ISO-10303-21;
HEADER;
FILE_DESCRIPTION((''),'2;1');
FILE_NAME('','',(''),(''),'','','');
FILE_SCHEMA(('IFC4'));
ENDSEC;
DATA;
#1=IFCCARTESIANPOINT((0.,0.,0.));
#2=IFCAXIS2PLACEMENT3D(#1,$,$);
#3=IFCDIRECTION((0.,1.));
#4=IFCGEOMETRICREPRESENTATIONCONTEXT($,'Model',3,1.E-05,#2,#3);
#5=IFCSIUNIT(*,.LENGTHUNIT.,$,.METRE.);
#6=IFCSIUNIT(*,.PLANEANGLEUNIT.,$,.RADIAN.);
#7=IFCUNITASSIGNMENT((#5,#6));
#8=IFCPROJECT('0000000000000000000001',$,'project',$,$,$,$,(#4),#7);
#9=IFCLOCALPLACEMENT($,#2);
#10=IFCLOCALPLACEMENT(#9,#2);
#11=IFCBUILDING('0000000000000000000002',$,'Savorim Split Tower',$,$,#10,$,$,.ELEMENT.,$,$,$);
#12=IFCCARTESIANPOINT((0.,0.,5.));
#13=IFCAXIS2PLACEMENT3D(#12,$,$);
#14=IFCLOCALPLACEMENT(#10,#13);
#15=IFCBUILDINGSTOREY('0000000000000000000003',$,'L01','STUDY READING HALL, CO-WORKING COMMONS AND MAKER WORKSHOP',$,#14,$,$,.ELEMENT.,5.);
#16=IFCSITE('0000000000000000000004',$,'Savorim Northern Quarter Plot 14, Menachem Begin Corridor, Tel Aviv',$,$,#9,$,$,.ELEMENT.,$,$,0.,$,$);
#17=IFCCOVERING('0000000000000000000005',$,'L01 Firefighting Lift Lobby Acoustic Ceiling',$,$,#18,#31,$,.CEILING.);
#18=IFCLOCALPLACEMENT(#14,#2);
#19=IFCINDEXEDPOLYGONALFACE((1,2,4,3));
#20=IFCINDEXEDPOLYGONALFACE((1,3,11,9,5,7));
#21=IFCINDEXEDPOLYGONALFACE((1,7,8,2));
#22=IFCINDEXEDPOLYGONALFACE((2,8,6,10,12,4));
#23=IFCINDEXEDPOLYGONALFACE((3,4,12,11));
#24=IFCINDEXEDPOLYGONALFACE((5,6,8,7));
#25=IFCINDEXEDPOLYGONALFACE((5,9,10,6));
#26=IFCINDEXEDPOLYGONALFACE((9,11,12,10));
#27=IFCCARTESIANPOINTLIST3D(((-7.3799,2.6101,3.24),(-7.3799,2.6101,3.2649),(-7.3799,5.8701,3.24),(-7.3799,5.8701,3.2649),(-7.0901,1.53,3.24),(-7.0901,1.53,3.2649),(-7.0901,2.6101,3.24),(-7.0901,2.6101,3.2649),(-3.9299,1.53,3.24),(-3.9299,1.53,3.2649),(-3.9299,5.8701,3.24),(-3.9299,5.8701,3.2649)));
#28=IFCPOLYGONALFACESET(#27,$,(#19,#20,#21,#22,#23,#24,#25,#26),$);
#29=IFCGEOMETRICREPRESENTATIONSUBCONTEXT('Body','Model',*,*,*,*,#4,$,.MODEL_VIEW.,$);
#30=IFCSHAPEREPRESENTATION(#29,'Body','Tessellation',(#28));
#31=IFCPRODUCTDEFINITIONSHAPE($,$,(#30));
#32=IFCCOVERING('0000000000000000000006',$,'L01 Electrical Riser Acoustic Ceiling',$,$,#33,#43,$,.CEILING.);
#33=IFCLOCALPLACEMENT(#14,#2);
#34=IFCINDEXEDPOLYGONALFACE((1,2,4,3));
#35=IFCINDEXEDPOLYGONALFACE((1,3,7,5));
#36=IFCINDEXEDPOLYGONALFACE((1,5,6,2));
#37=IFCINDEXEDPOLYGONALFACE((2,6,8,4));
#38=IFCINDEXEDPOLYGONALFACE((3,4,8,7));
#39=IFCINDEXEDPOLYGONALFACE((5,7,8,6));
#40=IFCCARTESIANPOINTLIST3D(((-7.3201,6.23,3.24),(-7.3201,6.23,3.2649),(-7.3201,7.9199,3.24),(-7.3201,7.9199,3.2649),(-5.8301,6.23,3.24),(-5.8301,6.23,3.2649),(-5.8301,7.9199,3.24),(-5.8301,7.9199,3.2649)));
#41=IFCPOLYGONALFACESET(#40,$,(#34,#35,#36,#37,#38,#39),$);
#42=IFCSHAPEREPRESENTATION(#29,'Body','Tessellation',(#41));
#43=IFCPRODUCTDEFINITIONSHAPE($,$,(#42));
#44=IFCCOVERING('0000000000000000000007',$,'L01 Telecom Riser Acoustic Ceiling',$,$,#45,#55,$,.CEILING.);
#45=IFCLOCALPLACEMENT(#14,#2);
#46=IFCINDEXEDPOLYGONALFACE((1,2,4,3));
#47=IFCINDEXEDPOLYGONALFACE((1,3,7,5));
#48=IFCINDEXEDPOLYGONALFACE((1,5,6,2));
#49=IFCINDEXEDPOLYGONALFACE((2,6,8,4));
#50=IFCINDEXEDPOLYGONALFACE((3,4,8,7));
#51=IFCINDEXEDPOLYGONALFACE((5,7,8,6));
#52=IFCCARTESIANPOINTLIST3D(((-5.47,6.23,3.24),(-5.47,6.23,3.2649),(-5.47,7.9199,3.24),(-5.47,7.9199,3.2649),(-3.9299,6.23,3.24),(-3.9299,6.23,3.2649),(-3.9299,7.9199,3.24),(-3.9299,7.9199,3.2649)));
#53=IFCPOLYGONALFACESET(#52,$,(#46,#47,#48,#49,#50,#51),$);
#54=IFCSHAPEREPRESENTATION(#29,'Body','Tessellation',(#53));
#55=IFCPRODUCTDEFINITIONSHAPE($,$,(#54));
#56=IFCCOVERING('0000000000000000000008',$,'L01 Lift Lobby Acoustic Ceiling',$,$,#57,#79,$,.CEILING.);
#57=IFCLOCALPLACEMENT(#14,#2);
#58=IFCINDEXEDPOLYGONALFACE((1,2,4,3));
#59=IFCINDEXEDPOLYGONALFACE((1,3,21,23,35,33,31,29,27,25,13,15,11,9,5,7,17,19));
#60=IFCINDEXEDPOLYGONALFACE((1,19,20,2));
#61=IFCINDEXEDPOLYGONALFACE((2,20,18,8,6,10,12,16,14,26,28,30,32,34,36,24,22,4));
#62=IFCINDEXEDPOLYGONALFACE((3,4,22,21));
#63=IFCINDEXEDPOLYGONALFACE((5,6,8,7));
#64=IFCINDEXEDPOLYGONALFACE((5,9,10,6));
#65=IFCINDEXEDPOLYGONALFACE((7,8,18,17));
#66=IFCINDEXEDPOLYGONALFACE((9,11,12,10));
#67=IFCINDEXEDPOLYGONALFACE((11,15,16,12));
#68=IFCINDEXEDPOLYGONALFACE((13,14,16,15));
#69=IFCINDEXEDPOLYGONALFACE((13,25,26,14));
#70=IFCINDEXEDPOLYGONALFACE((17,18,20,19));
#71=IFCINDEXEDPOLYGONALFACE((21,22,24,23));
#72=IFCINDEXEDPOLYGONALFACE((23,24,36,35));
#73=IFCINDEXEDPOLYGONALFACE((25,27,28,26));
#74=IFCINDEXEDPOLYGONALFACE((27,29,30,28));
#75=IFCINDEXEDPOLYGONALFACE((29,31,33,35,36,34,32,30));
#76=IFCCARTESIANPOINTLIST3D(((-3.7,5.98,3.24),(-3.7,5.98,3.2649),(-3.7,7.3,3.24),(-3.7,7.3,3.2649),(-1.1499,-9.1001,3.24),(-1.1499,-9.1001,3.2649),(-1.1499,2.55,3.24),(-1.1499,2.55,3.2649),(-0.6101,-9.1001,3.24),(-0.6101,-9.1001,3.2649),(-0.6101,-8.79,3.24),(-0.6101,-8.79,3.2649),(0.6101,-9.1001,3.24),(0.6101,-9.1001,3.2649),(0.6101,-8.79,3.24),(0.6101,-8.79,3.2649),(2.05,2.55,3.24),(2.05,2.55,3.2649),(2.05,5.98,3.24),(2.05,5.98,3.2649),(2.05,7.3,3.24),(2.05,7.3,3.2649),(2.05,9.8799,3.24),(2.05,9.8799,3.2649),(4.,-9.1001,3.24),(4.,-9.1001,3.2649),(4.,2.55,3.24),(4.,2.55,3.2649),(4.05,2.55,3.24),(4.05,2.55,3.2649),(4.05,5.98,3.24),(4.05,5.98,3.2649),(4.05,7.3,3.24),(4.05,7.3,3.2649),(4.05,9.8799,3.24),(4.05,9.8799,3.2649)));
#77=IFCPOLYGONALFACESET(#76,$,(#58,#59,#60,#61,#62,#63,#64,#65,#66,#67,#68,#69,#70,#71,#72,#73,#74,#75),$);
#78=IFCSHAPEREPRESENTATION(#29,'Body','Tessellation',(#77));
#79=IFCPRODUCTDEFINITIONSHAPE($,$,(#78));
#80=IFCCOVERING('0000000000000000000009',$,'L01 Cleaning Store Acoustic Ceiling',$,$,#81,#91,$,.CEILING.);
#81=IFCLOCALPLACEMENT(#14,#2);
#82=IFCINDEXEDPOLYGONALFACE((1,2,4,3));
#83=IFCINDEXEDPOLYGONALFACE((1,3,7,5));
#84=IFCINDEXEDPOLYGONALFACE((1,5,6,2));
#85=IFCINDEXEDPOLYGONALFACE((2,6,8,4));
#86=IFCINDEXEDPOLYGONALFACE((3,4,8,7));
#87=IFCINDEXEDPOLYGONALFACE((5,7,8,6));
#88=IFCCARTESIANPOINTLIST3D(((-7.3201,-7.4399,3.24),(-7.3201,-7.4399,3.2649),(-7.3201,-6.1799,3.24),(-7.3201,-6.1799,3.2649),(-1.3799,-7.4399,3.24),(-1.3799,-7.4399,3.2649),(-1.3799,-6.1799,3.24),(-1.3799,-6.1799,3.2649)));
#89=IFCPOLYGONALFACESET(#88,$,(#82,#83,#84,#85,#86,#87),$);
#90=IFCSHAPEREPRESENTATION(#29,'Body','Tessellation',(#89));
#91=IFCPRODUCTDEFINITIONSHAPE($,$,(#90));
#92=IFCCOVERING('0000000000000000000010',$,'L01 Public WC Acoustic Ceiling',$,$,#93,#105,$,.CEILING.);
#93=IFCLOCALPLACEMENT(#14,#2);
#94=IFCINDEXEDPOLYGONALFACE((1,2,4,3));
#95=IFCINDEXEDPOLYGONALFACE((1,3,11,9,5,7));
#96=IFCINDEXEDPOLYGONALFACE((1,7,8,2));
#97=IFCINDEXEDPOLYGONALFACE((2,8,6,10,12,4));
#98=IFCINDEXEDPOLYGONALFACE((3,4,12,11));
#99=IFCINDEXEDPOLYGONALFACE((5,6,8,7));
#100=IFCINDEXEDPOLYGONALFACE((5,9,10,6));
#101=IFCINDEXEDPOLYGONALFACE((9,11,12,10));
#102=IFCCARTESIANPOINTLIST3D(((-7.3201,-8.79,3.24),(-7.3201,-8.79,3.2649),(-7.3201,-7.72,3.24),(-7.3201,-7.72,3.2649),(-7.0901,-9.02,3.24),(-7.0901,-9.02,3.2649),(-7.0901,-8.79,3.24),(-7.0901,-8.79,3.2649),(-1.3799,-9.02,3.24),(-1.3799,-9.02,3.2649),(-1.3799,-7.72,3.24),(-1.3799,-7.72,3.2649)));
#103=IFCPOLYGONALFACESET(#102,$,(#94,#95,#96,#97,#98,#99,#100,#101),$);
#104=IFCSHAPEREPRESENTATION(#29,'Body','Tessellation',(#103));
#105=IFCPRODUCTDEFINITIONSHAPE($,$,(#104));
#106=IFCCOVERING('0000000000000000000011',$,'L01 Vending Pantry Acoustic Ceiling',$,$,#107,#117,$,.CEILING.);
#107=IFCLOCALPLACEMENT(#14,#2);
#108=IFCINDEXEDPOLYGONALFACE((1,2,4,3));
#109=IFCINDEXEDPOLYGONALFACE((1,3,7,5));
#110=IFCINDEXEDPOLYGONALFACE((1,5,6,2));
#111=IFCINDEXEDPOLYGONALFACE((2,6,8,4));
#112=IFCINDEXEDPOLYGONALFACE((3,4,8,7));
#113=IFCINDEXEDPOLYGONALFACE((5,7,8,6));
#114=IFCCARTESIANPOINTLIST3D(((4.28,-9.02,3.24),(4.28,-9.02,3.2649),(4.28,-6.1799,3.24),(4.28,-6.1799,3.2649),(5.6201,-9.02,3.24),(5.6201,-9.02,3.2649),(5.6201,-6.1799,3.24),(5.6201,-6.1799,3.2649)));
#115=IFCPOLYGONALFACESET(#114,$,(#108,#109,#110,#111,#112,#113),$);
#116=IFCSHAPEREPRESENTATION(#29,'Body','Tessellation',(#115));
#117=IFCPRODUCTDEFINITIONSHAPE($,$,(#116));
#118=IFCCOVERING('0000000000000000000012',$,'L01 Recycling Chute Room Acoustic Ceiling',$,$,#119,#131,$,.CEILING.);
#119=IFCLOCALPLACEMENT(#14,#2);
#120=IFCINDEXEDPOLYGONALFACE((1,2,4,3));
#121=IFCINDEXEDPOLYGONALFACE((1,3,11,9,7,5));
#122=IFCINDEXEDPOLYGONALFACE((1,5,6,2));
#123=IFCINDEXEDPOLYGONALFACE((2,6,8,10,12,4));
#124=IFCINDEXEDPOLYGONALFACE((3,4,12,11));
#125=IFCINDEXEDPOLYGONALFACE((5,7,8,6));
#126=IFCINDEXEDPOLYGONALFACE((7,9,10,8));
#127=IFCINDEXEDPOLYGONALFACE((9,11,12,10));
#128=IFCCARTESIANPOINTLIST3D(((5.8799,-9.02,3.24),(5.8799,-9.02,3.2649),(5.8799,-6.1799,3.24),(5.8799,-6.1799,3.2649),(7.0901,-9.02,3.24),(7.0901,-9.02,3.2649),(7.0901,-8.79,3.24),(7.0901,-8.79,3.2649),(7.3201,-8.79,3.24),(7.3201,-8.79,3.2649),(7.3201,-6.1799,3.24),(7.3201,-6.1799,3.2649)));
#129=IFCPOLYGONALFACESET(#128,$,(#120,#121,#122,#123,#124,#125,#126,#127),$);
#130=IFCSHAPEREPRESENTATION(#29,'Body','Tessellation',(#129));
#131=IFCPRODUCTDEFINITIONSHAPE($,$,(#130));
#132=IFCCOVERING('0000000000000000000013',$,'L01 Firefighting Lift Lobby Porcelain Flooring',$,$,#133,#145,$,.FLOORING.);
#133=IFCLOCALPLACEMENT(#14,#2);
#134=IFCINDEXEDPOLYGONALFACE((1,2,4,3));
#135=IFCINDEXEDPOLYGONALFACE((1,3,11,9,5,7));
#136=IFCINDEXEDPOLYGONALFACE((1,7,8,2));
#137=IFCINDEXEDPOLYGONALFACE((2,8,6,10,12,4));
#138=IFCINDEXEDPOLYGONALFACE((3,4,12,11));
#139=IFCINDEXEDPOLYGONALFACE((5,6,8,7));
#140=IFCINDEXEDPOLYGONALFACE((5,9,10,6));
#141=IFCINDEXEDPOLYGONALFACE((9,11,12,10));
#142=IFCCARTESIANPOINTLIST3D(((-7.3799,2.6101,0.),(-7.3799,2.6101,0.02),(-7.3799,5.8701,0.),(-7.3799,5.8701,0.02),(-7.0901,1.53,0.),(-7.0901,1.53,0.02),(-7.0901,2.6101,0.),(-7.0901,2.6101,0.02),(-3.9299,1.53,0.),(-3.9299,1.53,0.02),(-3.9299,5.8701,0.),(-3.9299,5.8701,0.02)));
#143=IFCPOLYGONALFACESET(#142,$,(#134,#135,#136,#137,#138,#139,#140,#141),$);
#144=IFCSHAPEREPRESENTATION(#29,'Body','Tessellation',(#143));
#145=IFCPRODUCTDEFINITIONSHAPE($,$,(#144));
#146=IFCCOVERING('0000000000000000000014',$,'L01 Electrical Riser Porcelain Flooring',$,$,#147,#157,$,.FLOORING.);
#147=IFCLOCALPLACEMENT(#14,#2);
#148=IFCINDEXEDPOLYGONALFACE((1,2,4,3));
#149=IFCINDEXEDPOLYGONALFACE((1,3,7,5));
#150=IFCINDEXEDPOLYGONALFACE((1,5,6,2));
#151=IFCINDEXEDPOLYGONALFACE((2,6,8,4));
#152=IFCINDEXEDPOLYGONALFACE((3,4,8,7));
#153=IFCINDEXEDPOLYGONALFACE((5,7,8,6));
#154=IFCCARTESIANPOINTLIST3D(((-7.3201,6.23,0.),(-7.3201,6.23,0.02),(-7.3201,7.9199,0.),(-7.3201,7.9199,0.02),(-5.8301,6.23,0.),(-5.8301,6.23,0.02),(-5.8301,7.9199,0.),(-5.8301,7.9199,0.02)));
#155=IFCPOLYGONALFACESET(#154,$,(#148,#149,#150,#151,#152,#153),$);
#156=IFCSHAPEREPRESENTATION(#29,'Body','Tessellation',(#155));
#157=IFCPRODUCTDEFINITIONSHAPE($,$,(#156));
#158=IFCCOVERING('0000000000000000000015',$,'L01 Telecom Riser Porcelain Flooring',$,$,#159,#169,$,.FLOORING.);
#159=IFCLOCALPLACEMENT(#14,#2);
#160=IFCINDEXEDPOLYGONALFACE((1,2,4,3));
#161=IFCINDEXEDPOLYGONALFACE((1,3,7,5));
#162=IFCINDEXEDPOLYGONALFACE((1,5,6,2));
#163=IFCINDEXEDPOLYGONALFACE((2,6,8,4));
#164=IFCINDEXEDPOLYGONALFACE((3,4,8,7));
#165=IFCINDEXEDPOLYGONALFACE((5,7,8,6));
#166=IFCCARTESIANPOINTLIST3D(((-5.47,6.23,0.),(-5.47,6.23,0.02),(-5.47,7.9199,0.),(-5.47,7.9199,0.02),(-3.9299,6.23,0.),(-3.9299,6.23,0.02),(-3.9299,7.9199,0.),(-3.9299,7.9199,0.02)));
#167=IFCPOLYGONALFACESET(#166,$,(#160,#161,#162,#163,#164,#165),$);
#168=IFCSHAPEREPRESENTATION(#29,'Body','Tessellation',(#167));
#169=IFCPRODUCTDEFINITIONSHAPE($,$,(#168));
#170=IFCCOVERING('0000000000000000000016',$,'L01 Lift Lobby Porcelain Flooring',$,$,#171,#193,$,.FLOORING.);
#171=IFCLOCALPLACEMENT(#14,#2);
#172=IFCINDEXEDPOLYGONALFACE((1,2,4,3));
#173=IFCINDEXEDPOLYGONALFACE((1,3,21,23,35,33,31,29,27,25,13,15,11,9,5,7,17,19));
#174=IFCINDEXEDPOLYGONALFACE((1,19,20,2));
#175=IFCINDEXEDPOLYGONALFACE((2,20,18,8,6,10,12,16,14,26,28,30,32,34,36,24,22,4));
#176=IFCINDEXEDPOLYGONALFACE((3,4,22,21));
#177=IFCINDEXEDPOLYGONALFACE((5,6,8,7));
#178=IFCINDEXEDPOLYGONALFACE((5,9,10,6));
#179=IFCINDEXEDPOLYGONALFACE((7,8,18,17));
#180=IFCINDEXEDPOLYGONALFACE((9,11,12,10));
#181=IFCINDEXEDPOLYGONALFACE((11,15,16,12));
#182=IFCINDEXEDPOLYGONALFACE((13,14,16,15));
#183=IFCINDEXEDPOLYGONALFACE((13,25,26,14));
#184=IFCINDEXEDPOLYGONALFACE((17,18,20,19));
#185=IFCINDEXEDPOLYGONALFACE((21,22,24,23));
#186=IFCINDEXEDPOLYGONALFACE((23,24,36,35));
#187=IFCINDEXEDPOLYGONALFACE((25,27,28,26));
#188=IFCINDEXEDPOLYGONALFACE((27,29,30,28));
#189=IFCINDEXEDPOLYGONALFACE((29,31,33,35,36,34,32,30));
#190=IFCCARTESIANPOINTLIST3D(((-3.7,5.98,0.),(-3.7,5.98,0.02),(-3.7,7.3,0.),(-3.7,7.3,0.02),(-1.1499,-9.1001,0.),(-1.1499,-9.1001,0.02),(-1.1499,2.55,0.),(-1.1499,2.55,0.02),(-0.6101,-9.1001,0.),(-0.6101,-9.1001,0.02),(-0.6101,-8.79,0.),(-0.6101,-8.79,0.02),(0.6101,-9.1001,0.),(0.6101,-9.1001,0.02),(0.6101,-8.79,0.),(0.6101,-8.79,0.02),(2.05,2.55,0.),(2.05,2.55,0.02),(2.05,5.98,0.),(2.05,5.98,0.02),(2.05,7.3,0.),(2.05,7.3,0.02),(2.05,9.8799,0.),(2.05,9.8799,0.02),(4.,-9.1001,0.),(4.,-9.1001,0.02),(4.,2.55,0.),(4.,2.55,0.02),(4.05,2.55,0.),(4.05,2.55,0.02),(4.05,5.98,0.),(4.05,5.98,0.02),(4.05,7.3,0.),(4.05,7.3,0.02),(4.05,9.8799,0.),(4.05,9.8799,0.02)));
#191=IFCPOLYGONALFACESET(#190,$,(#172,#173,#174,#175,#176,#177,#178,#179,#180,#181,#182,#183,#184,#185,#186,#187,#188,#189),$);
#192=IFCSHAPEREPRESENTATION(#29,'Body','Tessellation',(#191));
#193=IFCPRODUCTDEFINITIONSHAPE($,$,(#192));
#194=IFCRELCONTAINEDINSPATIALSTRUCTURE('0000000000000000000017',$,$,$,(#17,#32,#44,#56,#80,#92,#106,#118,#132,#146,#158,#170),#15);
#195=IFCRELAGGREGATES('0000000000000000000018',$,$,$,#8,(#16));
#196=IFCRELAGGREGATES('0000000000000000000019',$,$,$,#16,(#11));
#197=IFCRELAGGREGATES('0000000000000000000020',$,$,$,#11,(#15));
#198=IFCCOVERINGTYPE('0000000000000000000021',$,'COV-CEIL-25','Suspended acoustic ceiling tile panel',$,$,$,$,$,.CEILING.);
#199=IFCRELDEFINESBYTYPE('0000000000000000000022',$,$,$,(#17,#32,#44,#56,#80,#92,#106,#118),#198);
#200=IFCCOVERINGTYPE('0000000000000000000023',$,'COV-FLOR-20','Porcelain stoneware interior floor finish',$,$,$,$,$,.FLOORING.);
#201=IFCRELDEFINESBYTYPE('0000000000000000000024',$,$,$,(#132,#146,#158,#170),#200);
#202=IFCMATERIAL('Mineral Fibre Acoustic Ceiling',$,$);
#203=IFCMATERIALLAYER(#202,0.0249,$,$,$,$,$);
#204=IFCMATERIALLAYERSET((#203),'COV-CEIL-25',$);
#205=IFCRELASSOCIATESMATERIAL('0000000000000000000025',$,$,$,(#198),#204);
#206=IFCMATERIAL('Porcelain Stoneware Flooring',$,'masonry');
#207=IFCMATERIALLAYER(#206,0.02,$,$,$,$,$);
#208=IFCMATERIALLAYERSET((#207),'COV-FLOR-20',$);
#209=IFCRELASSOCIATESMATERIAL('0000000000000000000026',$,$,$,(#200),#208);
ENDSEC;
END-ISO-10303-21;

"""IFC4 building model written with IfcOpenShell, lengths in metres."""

from ifc_helpers import new_model, si_unit, direction, frame, origin, place, context, subcontext, project, spatial, polyline, outline, extrude, material, layer, layer_set, type_object, element, save


model = new_model("IFC4")

# Units and contexts
model_context = context("Model", 3, precision=1e-05, world=origin(), true_north=direction((0.0, 1.0)))
body_context = subcontext(model_context, "Body", "Model", "MODEL_VIEW")
ifc_project = project(units=[si_unit("LENGTHUNIT", "METRE"), si_unit("PLANEANGLEUNIT", "RADIAN")], contexts=[model_context])

# Site, building, storey
site_placement = place(None, origin())
site = spatial("IfcSite", under=ifc_project, at=site_placement, Name="Savorim Northern Quarter Plot 14, Menachem Begin Corridor, Tel Aviv", CompositionType="ELEMENT", RefElevation=0.0)
building_placement = place(site_placement, origin())
building = spatial("IfcBuilding", under=site, at=building_placement, Name="Savorim Split Tower", CompositionType="ELEMENT")
storey_placement = place(building_placement, frame((0.0, 0.0, 5.0)))
storey = spatial("IfcBuildingStorey", under=building, at=storey_placement, Name="L01", Description="STUDY READING HALL, CO-WORKING COMMONS AND MAKER WORKSHOP", CompositionType="ELEMENT", Elevation=5.0)

# Coverings
ifc_material_1 = material(Name="Mineral Fibre Acoustic Ceiling")
ifc_layer_1 = layer(ifc_material_1, 0.0249)
ifc_layer_set_1 = layer_set([ifc_layer_1], Name="COV-CEIL-25")
covering_type_1 = type_object("IfcCoveringType", Name="COV-CEIL-25", Description="Suspended acoustic ceiling tile panel", PredefinedType="CEILING", material=ifc_layer_set_1)
covering_1_placement = place(storey_placement, frame((0.0, 0.0, 3.24)))
element("IfcCovering", 1, at=covering_1_placement, inside=storey, type_object=covering_type_1, Name="L01 Firefighting Lift Lobby Acoustic Ceiling", PredefinedType="CEILING", context=body_context, shape_type="SweptSolid", body=[
    extrude(outline(polyline([(-3.9299, 5.8701), (-7.3799, 5.8701), (-7.3799, 2.6101), (-7.0901, 2.6101), (-7.0901, 1.53), (-3.9299, 1.53), (-3.9299, 5.8701)])), origin(), (0.0, 0.0, 1.0), 0.0249),
])
covering_2_placement = place(storey_placement, frame((0.0, 0.0, 3.24)))
element("IfcCovering", 2, at=covering_2_placement, inside=storey, type_object=covering_type_1, Name="L01 Electrical Riser Acoustic Ceiling", PredefinedType="CEILING", context=body_context, shape_type="SweptSolid", body=[
    extrude(outline(polyline([(-7.3201, 7.9199), (-7.3201, 6.23), (-5.8301, 6.23), (-5.8301, 7.9199), (-7.3201, 7.9199)])), origin(), (0.0, 0.0, 1.0), 0.0249),
])
covering_3_placement = place(storey_placement, frame((0.0, 0.0, 3.24)))
element("IfcCovering", 3, at=covering_3_placement, inside=storey, type_object=covering_type_1, Name="L01 Telecom Riser Acoustic Ceiling", PredefinedType="CEILING", context=body_context, shape_type="SweptSolid", body=[
    extrude(outline(polyline([(-5.47, 7.9199), (-5.47, 6.23), (-3.9299, 6.23), (-3.9299, 7.9199), (-5.47, 7.9199)])), origin(), (0.0, 0.0, 1.0), 0.0249),
])
covering_4_placement = place(storey_placement, frame((0.0, 0.0, 3.24)))
element("IfcCovering", 4, at=covering_4_placement, inside=storey, type_object=covering_type_1, Name="L01 Lift Lobby Acoustic Ceiling", PredefinedType="CEILING", context=body_context, shape_type="SweptSolid", body=[
    extrude(outline(polyline([(2.05, 2.55), (-1.1499, 2.55), (-1.1499, -9.1001), (-0.6101, -9.1001), (-0.6101, -8.79), (0.6101, -8.79), (0.6101, -9.1001), (4.0, -9.1001), (4.0, 2.55), (4.05, 2.55), (4.05, 5.98), (4.05, 7.3), (4.05, 9.8799), (2.05, 9.8799), (2.05, 7.3), (-3.7, 7.3), (-3.7, 5.98), (2.05, 5.98), (2.05, 2.55)])), origin(), (0.0, 0.0, 1.0), 0.0249),
])
covering_5_placement = place(storey_placement, frame((0.0, 0.0, 3.24)))
element("IfcCovering", 5, at=covering_5_placement, inside=storey, type_object=covering_type_1, Name="L01 Cleaning Store Acoustic Ceiling", PredefinedType="CEILING", context=body_context, shape_type="SweptSolid", body=[
    extrude(outline(polyline([(-7.3201, -6.1799), (-7.3201, -7.4399), (-1.3799, -7.4399), (-1.3799, -6.1799), (-7.3201, -6.1799)])), origin(), (0.0, 0.0, 1.0), 0.0249),
])
covering_6_placement = place(storey_placement, frame((0.0, 0.0, 3.24)))
element("IfcCovering", 6, at=covering_6_placement, inside=storey, type_object=covering_type_1, Name="L01 Public WC Acoustic Ceiling", PredefinedType="CEILING", context=body_context, shape_type="SweptSolid", body=[
    extrude(outline(polyline([(-1.3799, -7.72), (-7.3201, -7.72), (-7.3201, -8.79), (-7.0901, -8.79), (-7.0901, -9.02), (-1.3799, -9.02), (-1.3799, -7.72)])), origin(), (0.0, 0.0, 1.0), 0.0249),
])
covering_7_placement = place(storey_placement, frame((0.0, 0.0, 3.24)))
element("IfcCovering", 7, at=covering_7_placement, inside=storey, type_object=covering_type_1, Name="L01 Vending Pantry Acoustic Ceiling", PredefinedType="CEILING", context=body_context, shape_type="SweptSolid", body=[
    extrude(outline(polyline([(4.28, -6.1799), (4.28, -9.02), (5.6201, -9.02), (5.6201, -6.1799), (4.28, -6.1799)])), origin(), (0.0, 0.0, 1.0), 0.0249),
])
covering_8_placement = place(storey_placement, frame((0.0, 0.0, 3.24)))
element("IfcCovering", 8, at=covering_8_placement, inside=storey, type_object=covering_type_1, Name="L01 Recycling Chute Room Acoustic Ceiling", PredefinedType="CEILING", context=body_context, shape_type="SweptSolid", body=[
    extrude(outline(polyline([(5.8799, -6.1799), (5.8799, -9.02), (7.0901, -9.02), (7.0901, -8.79), (7.3201, -8.79), (7.3201, -6.1799), (5.8799, -6.1799)])), origin(), (0.0, 0.0, 1.0), 0.0249),
])
ifc_material_2 = material(Name="Porcelain Stoneware Flooring", Category="masonry")
ifc_layer_2 = layer(ifc_material_2, 0.02)
ifc_layer_set_2 = layer_set([ifc_layer_2], Name="COV-FLOR-20")
covering_type_2 = type_object("IfcCoveringType", Name="COV-FLOR-20", Description="Porcelain stoneware interior floor finish", PredefinedType="FLOORING", material=ifc_layer_set_2)
covering_9_placement = place(storey_placement, origin())
element("IfcCovering", 9, at=covering_9_placement, inside=storey, type_object=covering_type_2, Name="L01 Firefighting Lift Lobby Porcelain Flooring", PredefinedType="FLOORING", context=body_context, shape_type="SweptSolid", body=[
    extrude(outline(polyline([(-3.9299, 5.8701), (-7.3799, 5.8701), (-7.3799, 2.6101), (-7.0901, 2.6101), (-7.0901, 1.53), (-3.9299, 1.53), (-3.9299, 5.8701)])), origin(), (0.0, 0.0, 1.0), 0.02),
])
covering_10_placement = place(storey_placement, origin())
element("IfcCovering", 10, at=covering_10_placement, inside=storey, type_object=covering_type_2, Name="L01 Electrical Riser Porcelain Flooring", PredefinedType="FLOORING", context=body_context, shape_type="SweptSolid", body=[
    extrude(outline(polyline([(-7.3201, 7.9199), (-7.3201, 6.23), (-5.8301, 6.23), (-5.8301, 7.9199), (-7.3201, 7.9199)])), origin(), (0.0, 0.0, 1.0), 0.02),
])
covering_11_placement = place(storey_placement, origin())
element("IfcCovering", 11, at=covering_11_placement, inside=storey, type_object=covering_type_2, Name="L01 Telecom Riser Porcelain Flooring", PredefinedType="FLOORING", context=body_context, shape_type="SweptSolid", body=[
    extrude(outline(polyline([(-5.47, 7.9199), (-5.47, 6.23), (-3.9299, 6.23), (-3.9299, 7.9199), (-5.47, 7.9199)])), origin(), (0.0, 0.0, 1.0), 0.02),
])
covering_12_placement = place(storey_placement, origin())
element("IfcCovering", 12, at=covering_12_placement, inside=storey, type_object=covering_type_2, Name="L01 Lift Lobby Porcelain Flooring", PredefinedType="FLOORING", context=body_context, shape_type="SweptSolid", body=[
    extrude(outline(polyline([(2.05, 2.55), (-1.1499, 2.55), (-1.1499, -9.1001), (-0.6101, -9.1001), (-0.6101, -8.79), (0.6101, -8.79), (0.6101, -9.1001), (4.0, -9.1001), (4.0, 2.55), (4.05, 2.55), (4.05, 5.98), (4.05, 7.3), (4.05, 9.8799), (2.05, 9.8799), (2.05, 7.3), (-3.7, 7.3), (-3.7, 5.98), (2.05, 5.98), (2.05, 2.55)])), origin(), (0.0, 0.0, 1.0), 0.02),
])

save(model, "model.ifc")
